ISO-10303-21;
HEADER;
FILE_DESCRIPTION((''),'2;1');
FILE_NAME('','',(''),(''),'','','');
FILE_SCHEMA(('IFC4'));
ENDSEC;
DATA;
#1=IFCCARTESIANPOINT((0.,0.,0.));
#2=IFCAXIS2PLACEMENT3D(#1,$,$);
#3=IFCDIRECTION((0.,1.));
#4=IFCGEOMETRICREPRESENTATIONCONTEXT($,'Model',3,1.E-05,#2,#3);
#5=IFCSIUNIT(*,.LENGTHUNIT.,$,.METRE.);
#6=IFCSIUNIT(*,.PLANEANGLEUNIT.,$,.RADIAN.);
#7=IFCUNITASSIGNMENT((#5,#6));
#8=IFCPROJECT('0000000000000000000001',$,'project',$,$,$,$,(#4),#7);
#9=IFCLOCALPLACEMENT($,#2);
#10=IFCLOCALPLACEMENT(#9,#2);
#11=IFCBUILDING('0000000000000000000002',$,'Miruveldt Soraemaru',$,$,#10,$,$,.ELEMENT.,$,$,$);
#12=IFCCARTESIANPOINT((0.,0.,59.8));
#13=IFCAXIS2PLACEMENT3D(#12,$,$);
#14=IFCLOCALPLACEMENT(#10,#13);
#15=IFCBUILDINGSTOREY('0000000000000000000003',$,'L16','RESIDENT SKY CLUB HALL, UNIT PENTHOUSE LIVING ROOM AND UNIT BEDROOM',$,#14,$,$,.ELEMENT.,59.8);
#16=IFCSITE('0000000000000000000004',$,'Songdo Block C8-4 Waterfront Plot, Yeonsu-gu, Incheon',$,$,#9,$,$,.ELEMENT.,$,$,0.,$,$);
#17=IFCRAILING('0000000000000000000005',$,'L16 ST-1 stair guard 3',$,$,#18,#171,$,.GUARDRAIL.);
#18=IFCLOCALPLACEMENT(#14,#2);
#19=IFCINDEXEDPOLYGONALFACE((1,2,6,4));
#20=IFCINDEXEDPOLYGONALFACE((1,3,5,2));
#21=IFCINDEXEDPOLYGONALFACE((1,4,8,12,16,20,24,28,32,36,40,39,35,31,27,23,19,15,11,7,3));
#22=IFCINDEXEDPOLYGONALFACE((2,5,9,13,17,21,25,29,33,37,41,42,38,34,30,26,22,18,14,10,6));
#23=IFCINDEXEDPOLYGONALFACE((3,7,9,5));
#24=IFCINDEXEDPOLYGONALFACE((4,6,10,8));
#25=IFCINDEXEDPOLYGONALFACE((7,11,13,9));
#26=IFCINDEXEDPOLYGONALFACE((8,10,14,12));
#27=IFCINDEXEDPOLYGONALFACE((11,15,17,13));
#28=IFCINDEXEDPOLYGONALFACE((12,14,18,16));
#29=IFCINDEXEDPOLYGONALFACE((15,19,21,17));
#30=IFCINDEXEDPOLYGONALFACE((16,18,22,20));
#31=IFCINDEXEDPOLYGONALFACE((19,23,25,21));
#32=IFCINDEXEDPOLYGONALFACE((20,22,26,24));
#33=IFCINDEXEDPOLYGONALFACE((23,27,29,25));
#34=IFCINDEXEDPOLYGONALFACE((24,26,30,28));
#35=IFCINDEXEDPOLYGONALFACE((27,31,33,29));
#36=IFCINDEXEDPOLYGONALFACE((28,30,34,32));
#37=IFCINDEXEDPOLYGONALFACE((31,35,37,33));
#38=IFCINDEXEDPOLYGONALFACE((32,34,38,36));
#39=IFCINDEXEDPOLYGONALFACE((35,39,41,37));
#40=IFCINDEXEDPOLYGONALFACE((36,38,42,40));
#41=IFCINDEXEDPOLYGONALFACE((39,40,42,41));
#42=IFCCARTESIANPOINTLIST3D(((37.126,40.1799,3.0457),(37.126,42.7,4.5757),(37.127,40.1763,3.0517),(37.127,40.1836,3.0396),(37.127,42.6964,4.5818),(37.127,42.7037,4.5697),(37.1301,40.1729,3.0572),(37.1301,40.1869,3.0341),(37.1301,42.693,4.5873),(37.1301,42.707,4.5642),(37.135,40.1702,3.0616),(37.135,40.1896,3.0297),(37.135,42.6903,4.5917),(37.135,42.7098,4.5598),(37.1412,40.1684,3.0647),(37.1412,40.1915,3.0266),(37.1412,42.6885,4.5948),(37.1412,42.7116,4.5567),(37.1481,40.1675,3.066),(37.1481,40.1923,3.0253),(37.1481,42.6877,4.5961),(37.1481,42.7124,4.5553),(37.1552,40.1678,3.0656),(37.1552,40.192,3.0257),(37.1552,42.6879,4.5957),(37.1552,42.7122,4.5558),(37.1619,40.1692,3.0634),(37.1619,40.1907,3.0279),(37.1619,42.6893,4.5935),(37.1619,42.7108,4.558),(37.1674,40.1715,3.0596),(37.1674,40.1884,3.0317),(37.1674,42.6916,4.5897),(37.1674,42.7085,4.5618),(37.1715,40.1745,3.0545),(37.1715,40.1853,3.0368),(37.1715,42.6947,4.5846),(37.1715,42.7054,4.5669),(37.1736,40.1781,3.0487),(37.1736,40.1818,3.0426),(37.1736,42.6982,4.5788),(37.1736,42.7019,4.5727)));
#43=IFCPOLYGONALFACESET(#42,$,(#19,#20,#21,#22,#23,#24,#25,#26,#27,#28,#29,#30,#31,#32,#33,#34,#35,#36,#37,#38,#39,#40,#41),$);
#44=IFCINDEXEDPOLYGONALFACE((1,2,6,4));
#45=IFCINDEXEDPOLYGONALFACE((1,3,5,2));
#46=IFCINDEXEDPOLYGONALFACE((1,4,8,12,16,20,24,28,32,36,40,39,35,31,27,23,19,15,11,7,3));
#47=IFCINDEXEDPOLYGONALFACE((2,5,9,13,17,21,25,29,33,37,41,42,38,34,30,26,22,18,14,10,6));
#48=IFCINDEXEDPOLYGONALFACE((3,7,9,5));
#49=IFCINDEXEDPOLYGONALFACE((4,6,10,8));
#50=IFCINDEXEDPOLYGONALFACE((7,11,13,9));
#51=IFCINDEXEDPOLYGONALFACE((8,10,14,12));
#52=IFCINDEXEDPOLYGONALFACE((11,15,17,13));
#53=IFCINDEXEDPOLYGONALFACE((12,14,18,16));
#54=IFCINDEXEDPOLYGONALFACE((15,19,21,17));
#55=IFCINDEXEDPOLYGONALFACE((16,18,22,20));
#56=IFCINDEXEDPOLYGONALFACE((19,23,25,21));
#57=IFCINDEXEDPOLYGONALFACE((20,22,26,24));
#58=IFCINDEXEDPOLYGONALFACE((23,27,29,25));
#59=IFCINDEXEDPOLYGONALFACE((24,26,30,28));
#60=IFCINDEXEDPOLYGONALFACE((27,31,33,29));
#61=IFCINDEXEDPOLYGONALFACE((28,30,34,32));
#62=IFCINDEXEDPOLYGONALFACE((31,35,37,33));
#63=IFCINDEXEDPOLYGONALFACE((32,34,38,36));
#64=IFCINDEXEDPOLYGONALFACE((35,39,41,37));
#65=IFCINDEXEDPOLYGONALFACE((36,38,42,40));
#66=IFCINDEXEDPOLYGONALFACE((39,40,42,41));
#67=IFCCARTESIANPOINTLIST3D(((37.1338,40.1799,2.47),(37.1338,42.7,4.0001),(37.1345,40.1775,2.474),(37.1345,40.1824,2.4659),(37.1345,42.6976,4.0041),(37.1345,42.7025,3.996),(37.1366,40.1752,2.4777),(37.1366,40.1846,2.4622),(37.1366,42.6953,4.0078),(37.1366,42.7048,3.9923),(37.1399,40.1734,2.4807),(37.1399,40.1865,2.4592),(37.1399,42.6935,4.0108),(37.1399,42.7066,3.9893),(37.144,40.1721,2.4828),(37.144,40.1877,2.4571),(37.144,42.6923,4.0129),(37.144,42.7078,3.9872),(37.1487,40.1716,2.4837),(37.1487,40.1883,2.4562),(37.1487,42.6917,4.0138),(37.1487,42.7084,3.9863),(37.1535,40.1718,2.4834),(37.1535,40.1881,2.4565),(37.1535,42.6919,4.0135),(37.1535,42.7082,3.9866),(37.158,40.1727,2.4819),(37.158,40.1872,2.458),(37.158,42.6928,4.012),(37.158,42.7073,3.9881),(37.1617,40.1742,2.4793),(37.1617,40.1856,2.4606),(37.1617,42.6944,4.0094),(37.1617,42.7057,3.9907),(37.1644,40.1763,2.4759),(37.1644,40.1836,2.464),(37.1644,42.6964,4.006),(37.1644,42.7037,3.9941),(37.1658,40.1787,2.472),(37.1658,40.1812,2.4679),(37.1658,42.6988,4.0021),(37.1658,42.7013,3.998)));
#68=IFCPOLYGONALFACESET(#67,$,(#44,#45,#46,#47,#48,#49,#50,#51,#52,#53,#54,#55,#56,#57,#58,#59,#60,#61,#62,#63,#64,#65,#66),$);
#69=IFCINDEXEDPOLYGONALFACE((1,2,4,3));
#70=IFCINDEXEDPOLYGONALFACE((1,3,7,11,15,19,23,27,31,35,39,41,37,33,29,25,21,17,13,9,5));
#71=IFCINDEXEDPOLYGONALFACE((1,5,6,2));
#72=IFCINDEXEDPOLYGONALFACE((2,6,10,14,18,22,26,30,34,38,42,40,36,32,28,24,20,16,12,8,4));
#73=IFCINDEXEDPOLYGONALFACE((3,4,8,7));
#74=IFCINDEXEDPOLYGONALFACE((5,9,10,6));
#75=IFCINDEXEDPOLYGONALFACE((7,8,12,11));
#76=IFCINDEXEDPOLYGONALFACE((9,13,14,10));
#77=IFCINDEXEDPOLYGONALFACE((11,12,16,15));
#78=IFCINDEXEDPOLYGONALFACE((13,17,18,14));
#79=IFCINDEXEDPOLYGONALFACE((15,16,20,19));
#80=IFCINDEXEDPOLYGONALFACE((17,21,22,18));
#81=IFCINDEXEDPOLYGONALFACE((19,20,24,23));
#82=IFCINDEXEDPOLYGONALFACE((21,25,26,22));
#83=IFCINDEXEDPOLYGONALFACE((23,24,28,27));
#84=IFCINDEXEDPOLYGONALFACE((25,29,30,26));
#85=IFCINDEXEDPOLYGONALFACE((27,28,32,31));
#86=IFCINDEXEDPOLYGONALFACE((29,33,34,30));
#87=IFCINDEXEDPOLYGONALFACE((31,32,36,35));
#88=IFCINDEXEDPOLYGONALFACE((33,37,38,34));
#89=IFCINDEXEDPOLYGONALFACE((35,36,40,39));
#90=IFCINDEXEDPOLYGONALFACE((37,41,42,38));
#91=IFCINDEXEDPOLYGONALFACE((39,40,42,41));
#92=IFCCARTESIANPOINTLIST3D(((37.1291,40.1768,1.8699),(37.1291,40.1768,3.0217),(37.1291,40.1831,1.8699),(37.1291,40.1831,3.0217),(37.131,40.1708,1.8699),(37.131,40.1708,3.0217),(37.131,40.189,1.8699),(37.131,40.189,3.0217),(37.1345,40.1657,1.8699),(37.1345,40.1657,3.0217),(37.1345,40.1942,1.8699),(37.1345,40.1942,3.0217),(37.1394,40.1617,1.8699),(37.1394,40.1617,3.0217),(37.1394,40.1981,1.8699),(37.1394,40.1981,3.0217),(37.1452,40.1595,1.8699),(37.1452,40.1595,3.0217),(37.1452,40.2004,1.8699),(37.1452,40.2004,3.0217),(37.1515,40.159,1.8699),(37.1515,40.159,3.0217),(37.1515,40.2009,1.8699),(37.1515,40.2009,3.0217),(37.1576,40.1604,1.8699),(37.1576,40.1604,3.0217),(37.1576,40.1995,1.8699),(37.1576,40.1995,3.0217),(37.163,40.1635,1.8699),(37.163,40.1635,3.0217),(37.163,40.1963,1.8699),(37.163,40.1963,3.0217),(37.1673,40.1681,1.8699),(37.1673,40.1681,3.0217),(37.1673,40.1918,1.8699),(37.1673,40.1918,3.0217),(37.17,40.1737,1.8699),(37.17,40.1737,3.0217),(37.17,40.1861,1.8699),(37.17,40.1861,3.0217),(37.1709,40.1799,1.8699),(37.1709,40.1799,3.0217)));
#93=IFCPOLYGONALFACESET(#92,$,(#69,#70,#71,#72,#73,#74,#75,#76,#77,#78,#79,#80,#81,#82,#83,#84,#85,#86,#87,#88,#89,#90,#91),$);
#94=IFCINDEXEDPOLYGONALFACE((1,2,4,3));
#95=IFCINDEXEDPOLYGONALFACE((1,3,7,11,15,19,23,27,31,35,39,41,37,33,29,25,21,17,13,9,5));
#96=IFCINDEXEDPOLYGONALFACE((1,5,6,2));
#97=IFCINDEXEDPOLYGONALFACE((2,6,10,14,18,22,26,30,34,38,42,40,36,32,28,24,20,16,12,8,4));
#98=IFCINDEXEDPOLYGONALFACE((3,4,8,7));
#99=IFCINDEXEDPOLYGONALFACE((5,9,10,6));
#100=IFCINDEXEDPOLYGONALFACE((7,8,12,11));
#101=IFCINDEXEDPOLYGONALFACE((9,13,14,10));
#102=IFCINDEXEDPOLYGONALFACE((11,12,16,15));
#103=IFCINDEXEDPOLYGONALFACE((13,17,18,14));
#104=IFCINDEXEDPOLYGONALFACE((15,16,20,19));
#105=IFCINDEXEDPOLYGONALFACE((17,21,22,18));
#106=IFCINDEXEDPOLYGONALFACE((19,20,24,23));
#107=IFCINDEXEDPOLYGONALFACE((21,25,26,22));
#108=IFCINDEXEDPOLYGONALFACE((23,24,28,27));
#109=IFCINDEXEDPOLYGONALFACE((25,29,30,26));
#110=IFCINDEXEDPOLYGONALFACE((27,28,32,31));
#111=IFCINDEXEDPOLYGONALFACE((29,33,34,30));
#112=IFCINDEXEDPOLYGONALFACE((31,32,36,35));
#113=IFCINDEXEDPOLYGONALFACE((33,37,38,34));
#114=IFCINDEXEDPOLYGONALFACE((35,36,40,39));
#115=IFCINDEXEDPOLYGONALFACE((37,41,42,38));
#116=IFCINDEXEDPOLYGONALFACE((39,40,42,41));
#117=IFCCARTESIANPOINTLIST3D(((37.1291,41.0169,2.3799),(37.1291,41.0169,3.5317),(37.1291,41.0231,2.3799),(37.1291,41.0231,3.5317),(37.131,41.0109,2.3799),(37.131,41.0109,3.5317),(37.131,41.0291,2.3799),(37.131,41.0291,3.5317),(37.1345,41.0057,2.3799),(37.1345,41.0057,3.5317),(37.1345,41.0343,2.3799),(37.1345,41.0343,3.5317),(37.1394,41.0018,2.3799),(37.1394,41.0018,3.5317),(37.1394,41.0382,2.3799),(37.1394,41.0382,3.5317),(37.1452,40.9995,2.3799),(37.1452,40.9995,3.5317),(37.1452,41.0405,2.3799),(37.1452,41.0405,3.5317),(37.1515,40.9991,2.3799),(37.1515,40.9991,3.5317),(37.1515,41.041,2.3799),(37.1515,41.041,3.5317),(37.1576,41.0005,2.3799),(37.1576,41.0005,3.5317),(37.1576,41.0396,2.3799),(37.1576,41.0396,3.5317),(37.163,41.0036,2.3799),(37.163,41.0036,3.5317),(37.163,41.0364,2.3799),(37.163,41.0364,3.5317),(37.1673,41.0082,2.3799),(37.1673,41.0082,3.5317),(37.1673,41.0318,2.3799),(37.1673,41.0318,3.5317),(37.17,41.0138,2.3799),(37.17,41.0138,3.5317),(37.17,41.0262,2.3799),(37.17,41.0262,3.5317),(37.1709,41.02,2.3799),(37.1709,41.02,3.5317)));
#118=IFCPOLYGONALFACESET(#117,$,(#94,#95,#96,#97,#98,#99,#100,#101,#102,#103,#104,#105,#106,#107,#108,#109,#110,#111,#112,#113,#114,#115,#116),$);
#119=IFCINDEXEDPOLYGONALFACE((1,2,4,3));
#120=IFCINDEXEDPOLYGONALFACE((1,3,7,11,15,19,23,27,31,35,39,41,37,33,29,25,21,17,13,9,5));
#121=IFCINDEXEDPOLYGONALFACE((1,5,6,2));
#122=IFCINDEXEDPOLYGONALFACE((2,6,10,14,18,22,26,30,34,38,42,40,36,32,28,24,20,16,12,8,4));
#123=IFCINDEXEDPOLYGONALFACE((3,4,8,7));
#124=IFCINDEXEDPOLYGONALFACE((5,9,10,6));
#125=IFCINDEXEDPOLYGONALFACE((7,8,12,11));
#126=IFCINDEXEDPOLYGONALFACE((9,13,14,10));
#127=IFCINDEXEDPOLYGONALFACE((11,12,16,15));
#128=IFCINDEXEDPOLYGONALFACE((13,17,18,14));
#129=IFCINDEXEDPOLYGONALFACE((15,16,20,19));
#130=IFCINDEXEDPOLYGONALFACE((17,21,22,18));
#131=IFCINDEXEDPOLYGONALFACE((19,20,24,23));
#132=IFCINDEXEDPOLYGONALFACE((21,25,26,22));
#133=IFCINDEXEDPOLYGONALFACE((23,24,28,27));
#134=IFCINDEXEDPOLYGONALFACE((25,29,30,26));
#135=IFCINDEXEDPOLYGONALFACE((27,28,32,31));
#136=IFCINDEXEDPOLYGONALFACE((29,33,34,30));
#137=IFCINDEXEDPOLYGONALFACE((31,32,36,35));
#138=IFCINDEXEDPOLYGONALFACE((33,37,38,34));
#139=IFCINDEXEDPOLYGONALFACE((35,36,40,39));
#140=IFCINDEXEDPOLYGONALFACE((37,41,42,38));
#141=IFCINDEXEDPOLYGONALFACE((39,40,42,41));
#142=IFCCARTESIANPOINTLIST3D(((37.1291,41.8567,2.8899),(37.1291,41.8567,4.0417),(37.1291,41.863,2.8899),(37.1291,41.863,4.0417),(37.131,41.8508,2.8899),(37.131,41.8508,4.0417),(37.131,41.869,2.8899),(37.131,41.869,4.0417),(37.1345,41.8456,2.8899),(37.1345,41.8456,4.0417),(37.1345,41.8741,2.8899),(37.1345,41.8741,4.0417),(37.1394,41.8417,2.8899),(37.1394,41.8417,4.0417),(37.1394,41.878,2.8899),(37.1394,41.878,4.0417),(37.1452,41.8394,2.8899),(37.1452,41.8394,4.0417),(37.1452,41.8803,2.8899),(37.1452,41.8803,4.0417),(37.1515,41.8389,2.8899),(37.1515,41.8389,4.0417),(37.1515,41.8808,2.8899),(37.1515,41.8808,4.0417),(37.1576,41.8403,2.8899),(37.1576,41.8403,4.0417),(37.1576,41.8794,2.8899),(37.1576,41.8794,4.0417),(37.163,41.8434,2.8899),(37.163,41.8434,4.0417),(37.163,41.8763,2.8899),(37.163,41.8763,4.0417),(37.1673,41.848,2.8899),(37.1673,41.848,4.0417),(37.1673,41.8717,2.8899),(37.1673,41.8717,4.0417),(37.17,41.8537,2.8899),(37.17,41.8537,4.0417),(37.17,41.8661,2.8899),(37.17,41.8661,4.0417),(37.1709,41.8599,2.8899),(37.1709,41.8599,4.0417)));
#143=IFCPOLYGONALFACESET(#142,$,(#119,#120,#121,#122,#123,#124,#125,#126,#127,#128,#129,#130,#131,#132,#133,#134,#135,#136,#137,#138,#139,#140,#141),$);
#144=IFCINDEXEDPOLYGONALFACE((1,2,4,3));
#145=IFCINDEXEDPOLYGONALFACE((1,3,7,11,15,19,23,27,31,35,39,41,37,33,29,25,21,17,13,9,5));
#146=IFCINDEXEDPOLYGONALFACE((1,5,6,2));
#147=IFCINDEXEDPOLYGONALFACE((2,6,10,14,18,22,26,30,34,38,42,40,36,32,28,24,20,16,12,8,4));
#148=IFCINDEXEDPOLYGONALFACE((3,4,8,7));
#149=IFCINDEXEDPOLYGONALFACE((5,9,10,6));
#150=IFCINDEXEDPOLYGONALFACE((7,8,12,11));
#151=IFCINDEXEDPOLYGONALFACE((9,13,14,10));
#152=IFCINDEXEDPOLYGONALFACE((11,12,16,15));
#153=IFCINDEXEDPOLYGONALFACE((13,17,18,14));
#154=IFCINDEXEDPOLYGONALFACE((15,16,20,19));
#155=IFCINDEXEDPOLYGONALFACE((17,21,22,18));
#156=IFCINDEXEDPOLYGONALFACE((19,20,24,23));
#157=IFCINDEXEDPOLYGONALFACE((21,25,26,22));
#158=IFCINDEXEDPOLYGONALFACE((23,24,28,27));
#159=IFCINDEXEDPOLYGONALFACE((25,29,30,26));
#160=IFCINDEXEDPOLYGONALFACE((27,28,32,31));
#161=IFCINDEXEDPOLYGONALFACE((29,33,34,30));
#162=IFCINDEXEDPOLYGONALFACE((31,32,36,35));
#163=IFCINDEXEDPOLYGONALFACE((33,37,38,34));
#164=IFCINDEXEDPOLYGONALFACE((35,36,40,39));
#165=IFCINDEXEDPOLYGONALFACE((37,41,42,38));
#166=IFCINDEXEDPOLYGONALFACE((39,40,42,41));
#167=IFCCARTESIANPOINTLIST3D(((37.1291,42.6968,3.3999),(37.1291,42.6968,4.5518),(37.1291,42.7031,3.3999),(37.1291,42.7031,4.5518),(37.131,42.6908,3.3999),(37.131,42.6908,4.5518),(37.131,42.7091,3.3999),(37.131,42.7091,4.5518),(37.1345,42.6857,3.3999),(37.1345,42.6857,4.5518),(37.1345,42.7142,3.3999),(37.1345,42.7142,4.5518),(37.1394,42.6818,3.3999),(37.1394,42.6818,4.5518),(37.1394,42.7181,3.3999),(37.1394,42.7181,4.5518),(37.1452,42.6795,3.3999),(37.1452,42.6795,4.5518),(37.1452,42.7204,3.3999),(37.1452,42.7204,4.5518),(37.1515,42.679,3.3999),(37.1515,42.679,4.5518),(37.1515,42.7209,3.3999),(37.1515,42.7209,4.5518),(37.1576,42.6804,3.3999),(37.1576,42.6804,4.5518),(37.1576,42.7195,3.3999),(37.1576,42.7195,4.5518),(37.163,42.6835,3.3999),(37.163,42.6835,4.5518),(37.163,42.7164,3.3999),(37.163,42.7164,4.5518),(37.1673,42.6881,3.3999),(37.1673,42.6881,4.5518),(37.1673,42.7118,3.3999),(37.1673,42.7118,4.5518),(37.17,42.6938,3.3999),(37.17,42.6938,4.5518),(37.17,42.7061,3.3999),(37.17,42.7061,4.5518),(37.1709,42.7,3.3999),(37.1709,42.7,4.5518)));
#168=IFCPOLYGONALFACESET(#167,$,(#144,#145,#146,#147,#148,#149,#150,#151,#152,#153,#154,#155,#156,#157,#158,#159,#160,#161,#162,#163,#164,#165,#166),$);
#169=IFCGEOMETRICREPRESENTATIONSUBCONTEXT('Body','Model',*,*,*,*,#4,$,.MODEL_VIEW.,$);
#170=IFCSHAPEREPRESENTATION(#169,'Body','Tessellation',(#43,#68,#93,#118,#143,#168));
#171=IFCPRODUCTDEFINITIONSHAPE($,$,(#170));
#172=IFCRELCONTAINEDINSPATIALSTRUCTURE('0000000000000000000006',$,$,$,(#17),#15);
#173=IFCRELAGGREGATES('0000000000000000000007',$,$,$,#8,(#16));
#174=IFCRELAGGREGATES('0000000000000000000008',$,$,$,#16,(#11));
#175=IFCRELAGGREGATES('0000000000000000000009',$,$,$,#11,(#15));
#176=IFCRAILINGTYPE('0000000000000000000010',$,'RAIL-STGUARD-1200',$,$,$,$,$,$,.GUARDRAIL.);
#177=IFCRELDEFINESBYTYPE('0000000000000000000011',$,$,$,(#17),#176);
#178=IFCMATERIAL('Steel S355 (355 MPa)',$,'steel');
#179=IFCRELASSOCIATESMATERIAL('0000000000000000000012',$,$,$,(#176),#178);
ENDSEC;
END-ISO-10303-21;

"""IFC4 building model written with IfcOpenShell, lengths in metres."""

from ifc_helpers import new_model, si_unit, direction, frame, origin, origin_2d, place, context, subcontext, project, spatial, circle, extrude, material, type_object, element, save


model = new_model("IFC4")

# Units and contexts
model_context = context("Model", 3, precision=1e-05, world=origin(), true_north=direction((0.0, 1.0)))
body_context = subcontext(model_context, "Body", "Model", "MODEL_VIEW")
ifc_project = project(units=[si_unit("LENGTHUNIT", "METRE"), si_unit("PLANEANGLEUNIT", "RADIAN")], contexts=[model_context])

# Site, building, storey
site_placement = place(None, origin())
site = spatial("IfcSite", under=ifc_project, at=site_placement, Name="Songdo Block C8-4 Waterfront Plot, Yeonsu-gu, Incheon", CompositionType="ELEMENT", RefElevation=0.0)
building_placement = place(site_placement, origin())
building = spatial("IfcBuilding", under=site, at=building_placement, Name="Miruveldt Soraemaru", CompositionType="ELEMENT")
storey_placement = place(building_placement, frame((0.0, 0.0, 59.8)))
storey = spatial("IfcBuildingStorey", under=building, at=storey_placement, Name="L16", Description="RESIDENT SKY CLUB HALL, UNIT PENTHOUSE LIVING ROOM AND UNIT BEDROOM", CompositionType="ELEMENT", Elevation=59.8)

# Railing
ifc_material_1 = material(Name="Steel S355 (355 MPa)", Category="steel")
railing_type_1 = type_object("IfcRailingType", Name="RAIL-STGUARD-1200", PredefinedType="GUARDRAIL", material=ifc_material_1)
railing_1_placement = place(storey_placement, frame((37.1499, 40.1799, 1.8699)))
element("IfcRailing", 1, at=railing_1_placement, inside=storey, type_object=railing_type_1, Name="L16 ST-1 stair guard 3", PredefinedType="GUARDRAIL", context=body_context, shape_type="SweptSolid", body=[
    extrude(circle(Radius=0.0239, at=origin_2d()), frame((0.0, 0.0, 1.1758), z_axis=(0.0, 0.854785, 0.518982), x_axis=(-1.0, 0.0, 0.0)), (0.0, 0.0, 1.0), 2.9482),
    extrude(circle(Radius=0.0161, at=origin_2d()), frame((0.0, 0.0, 0.6001), z_axis=(0.0, 0.854785, 0.518982), x_axis=(-1.0, 0.0, 0.0)), (0.0, 0.0, 1.0), 2.9482),
    extrude(circle(Radius=0.021, at=origin_2d()), origin(), (0.0, 0.0, 1.0), 1.1519),
    extrude(circle(Radius=0.021, at=origin_2d()), frame((0.0, 0.8401, 0.51)), (0.0, 0.0, 1.0), 1.1519),
    extrude(circle(Radius=0.021, at=origin_2d()), frame((0.0, 1.6799, 1.02)), (0.0, 0.0, 1.0), 1.1519),
    extrude(circle(Radius=0.021, at=origin_2d()), frame((0.0, 2.52, 1.53)), (0.0, 0.0, 1.0), 1.1519),
])

save(model, "model.ifc")
